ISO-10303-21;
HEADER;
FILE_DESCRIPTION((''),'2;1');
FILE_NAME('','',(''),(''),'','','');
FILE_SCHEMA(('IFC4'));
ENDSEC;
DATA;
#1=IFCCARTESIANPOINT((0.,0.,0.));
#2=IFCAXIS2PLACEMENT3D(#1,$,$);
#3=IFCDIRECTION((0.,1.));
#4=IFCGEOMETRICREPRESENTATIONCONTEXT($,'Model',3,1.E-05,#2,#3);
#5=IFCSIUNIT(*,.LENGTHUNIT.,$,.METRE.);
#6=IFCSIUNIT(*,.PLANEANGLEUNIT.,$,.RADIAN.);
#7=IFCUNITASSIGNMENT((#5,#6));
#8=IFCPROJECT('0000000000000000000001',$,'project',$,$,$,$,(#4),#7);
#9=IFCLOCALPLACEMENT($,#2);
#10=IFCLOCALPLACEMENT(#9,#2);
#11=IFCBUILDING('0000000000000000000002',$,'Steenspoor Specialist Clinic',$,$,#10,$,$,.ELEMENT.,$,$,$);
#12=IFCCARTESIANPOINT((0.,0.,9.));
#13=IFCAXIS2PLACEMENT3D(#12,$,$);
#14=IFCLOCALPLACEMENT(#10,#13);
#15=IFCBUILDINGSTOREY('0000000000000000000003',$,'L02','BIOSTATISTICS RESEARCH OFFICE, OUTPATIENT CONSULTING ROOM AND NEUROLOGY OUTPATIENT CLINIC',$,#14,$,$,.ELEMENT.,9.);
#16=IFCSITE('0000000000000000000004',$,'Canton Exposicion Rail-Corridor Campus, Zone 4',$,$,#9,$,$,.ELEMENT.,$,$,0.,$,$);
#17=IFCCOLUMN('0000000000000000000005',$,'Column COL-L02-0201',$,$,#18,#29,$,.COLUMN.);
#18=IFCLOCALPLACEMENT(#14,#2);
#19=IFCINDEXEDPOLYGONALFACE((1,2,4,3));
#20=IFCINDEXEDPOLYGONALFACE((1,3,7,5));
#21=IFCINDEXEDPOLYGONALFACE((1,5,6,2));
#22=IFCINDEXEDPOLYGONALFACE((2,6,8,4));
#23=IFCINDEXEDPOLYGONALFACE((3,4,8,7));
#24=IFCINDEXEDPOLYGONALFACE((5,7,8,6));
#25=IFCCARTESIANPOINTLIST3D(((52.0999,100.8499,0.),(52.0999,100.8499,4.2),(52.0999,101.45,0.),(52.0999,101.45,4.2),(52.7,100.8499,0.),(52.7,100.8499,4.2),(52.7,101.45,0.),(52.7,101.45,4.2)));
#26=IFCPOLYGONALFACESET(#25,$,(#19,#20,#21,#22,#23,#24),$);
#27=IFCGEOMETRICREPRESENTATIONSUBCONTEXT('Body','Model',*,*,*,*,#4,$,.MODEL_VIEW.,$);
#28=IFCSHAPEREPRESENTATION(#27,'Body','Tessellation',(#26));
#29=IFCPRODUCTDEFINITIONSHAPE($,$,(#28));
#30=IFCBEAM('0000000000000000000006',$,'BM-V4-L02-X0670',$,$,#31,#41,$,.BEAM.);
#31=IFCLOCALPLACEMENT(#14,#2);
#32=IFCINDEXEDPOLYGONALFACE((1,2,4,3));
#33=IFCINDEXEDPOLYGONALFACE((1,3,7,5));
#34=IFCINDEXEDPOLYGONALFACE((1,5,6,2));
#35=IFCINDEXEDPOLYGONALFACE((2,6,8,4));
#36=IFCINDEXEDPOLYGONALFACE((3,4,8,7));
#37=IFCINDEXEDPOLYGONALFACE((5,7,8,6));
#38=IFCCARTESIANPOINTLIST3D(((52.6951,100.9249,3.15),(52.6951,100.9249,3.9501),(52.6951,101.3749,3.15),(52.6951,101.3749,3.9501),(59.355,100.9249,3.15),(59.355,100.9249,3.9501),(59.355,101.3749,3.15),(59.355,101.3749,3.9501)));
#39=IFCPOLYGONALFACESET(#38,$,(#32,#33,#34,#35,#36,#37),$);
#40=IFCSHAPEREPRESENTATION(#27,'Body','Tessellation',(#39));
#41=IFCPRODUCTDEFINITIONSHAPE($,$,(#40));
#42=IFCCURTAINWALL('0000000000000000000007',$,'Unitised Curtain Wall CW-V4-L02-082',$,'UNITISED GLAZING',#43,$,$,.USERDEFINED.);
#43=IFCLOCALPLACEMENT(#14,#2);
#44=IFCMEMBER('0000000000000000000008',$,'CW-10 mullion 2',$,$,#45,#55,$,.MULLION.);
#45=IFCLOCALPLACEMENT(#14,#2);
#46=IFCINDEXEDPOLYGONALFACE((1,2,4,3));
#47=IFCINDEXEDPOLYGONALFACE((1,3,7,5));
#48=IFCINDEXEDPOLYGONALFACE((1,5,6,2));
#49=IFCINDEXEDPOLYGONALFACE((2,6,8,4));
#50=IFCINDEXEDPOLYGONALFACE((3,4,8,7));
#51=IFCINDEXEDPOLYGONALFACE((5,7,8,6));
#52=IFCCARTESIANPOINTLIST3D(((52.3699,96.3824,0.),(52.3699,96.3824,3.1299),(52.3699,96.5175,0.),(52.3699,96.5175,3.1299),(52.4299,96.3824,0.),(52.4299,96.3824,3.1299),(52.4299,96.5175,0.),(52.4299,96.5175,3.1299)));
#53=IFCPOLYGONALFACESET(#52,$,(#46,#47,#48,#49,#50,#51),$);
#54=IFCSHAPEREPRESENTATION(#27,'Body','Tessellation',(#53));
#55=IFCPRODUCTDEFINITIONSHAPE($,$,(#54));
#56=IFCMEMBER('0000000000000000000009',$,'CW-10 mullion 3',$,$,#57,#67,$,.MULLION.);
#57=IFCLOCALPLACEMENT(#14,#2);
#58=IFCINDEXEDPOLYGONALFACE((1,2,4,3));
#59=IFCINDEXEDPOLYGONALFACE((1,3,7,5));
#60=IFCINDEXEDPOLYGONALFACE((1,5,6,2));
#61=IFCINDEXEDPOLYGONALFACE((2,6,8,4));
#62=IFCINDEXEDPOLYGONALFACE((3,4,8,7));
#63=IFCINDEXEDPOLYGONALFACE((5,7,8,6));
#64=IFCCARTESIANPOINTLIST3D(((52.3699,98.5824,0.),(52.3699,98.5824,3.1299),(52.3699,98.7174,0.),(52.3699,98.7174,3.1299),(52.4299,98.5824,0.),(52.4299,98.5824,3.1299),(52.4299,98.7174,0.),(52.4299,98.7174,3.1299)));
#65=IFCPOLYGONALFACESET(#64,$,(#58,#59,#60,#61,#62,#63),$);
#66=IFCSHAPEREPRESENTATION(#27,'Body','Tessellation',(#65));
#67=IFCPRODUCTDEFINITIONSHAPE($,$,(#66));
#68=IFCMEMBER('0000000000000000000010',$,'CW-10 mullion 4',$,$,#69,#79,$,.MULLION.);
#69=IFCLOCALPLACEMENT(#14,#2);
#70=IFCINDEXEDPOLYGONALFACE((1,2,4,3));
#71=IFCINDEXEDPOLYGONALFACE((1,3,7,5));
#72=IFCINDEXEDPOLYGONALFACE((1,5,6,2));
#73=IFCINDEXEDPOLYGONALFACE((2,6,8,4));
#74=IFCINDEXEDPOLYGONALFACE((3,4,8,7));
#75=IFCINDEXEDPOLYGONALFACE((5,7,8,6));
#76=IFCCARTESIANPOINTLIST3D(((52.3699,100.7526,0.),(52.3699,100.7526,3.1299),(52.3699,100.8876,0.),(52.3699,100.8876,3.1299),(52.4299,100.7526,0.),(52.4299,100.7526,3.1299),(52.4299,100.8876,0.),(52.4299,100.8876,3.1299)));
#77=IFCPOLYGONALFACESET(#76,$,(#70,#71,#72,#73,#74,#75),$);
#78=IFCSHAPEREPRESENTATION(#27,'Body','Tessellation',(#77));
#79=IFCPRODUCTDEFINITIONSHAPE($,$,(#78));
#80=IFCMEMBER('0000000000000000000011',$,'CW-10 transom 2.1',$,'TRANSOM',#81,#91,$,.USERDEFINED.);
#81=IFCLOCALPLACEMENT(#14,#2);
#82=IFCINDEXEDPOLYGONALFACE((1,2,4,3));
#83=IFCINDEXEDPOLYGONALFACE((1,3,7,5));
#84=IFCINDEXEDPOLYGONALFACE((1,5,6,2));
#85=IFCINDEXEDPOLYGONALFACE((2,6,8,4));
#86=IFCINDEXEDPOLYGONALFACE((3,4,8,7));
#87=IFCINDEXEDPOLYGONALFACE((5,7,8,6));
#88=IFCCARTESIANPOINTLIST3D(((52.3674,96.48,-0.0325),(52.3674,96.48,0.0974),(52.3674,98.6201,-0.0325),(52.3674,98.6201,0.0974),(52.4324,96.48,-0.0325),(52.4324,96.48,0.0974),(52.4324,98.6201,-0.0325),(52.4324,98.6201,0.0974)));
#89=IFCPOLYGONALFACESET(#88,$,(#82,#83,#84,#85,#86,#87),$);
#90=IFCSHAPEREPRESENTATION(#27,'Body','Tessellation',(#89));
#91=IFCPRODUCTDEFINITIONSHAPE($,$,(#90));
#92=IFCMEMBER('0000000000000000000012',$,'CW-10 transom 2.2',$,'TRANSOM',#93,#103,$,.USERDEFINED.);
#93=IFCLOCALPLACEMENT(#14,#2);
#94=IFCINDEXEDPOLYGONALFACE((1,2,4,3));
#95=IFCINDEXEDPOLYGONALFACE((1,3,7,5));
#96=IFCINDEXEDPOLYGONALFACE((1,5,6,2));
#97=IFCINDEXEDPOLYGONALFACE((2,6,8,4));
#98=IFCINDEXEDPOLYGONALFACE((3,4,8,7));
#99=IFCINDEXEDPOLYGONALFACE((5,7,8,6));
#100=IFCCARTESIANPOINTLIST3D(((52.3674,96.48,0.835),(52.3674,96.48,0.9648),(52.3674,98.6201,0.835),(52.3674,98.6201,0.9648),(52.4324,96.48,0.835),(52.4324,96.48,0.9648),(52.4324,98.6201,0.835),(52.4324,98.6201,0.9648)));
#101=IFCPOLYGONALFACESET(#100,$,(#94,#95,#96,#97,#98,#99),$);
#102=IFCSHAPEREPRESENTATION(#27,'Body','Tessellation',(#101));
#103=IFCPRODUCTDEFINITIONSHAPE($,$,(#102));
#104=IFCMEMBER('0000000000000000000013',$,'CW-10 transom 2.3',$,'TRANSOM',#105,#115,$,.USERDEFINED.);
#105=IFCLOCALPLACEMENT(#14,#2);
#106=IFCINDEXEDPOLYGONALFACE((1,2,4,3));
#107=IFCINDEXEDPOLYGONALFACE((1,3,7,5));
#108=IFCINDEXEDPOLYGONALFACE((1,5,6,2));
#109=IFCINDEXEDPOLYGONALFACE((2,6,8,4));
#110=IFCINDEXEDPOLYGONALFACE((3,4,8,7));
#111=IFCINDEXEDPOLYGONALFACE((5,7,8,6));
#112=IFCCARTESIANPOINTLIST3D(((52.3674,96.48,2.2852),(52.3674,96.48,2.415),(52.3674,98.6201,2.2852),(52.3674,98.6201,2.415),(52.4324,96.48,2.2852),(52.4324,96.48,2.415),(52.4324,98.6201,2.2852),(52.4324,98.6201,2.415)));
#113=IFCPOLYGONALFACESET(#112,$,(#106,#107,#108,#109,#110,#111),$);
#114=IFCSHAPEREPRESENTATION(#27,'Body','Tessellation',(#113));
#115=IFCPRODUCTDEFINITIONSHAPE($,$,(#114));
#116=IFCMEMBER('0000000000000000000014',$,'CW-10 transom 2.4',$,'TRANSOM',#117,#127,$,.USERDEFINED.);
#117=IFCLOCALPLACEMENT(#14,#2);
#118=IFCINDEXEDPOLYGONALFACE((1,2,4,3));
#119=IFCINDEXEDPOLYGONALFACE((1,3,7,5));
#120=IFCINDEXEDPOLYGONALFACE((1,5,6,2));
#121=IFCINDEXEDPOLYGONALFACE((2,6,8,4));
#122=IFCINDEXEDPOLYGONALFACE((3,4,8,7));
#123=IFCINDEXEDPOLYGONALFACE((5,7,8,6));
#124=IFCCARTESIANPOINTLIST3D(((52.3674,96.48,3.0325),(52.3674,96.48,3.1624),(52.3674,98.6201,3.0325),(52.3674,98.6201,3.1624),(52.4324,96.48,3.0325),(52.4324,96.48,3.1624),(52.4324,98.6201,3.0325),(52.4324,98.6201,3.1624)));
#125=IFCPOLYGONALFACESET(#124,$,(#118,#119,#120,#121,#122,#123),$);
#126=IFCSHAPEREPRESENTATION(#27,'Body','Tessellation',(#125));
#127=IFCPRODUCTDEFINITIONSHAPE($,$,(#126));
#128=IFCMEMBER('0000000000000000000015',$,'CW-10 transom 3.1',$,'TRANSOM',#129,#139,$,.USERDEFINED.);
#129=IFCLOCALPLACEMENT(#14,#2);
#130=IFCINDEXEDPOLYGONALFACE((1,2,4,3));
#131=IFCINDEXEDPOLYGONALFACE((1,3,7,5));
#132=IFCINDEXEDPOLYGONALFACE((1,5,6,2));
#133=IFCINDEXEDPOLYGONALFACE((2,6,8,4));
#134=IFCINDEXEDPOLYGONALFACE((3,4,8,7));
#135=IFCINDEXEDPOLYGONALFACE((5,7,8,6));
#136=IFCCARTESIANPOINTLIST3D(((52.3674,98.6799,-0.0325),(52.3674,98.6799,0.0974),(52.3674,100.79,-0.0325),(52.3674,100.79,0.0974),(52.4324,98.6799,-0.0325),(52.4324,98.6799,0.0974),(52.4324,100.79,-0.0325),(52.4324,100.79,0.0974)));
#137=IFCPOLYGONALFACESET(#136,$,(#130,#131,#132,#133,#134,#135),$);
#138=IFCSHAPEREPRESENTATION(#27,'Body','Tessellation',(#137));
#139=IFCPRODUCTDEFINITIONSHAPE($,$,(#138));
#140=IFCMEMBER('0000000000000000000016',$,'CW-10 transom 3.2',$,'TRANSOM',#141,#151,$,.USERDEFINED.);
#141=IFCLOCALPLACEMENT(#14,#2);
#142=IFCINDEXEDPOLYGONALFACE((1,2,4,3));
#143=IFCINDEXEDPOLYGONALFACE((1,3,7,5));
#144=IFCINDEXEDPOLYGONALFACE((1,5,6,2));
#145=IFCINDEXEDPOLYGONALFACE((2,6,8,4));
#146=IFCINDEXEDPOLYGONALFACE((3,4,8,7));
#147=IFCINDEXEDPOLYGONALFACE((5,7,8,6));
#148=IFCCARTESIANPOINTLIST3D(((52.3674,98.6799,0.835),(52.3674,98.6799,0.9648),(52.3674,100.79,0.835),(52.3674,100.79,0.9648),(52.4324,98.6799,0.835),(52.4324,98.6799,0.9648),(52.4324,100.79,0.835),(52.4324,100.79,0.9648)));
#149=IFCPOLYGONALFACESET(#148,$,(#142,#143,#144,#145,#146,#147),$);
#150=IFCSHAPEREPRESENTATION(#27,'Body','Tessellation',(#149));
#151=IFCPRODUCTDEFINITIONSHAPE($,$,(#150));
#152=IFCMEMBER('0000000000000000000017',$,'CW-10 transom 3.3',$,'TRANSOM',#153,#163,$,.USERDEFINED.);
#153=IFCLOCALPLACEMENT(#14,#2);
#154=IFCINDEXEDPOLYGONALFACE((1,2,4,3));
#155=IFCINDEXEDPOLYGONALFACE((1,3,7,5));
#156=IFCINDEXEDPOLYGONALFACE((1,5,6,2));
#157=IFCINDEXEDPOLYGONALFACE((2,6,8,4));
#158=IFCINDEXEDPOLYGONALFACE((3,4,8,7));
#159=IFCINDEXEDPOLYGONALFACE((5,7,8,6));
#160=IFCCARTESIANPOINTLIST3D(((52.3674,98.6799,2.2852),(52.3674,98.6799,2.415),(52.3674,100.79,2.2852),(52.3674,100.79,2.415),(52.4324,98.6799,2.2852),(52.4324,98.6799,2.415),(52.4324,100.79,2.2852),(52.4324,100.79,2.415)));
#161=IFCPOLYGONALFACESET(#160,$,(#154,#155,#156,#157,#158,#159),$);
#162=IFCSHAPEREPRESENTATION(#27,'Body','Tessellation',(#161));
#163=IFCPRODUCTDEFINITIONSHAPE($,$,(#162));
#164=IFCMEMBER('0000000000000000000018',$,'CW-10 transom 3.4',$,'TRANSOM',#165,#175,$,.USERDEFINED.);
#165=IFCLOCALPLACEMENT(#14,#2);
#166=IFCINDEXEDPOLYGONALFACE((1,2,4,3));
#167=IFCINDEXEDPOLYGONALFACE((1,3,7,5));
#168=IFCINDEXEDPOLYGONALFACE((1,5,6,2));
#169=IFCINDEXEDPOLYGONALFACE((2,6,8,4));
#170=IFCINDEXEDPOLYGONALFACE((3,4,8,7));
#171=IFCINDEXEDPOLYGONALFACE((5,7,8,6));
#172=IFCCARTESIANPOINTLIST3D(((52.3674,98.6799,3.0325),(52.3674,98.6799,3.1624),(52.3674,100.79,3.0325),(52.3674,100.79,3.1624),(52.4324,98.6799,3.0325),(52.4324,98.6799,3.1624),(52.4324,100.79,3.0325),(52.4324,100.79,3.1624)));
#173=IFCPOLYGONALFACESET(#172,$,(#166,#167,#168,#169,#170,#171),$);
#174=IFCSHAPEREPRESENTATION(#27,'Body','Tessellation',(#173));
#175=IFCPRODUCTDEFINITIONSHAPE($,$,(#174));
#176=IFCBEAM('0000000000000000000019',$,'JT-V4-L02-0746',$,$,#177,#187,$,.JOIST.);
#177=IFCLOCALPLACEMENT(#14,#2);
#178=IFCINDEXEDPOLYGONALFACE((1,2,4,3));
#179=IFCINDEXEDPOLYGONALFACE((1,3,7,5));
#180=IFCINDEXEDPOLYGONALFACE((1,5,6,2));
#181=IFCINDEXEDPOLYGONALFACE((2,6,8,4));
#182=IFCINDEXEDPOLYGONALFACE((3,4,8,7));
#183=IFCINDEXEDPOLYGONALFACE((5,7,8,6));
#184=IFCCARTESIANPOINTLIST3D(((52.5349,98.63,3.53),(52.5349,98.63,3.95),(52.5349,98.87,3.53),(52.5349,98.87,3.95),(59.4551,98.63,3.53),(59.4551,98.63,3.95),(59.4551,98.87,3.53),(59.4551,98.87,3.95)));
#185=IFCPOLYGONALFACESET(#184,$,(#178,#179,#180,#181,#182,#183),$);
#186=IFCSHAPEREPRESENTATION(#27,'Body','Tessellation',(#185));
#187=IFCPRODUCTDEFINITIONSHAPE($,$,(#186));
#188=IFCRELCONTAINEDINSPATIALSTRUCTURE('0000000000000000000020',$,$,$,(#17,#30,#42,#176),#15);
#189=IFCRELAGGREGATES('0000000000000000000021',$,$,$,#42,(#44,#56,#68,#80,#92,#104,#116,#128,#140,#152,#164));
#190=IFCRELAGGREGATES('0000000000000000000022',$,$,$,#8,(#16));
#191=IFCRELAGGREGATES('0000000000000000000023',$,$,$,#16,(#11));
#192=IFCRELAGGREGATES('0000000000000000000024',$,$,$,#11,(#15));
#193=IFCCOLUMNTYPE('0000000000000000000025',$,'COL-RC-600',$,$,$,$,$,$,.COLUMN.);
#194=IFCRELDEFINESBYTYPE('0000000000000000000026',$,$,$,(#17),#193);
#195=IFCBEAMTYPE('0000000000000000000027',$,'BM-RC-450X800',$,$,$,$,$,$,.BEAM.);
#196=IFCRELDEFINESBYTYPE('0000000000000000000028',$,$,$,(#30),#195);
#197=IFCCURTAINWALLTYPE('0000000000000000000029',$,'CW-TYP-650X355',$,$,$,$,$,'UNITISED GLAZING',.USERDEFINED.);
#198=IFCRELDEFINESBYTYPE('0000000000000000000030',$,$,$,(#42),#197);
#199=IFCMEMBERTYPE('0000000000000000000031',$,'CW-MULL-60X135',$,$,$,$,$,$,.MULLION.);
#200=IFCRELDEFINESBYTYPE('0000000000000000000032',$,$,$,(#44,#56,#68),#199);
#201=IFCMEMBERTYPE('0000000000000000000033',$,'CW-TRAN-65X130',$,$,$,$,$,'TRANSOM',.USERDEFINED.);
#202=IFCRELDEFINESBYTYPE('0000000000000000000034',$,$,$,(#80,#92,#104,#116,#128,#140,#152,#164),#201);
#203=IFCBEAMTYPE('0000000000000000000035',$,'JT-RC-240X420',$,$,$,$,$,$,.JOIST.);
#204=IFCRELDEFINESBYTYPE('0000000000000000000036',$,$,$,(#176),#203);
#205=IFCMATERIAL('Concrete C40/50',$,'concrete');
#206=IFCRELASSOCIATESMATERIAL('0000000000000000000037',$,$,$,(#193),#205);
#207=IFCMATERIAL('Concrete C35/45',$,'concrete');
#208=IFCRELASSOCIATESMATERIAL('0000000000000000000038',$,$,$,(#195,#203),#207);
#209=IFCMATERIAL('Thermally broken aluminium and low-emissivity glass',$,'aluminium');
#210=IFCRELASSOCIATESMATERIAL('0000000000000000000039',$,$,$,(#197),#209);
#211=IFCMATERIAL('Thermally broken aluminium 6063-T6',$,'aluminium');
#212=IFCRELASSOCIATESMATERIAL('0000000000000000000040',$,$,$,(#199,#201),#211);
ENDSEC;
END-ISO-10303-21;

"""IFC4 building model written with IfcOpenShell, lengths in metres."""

from ifc_helpers import new_model, si_unit, direction, frame, origin, origin_2d, place, context, subcontext, project, spatial, rectangle, extrude, material, material_profile, profile_set, type_object, element, aggregate, save


model = new_model("IFC4")

# Units and contexts
model_context = context("Model", 3, precision=1e-05, world=origin(), true_north=direction((0.0, 1.0)))
body_context = subcontext(model_context, "Body", "Model", "MODEL_VIEW")
ifc_project = project(units=[si_unit("LENGTHUNIT", "METRE"), si_unit("PLANEANGLEUNIT", "RADIAN")], contexts=[model_context])

# Site, building, storey
site_placement = place(None, origin())
site = spatial("IfcSite", under=ifc_project, at=site_placement, Name="Canton Exposicion Rail-Corridor Campus, Zone 4", CompositionType="ELEMENT", RefElevation=0.0)
building_placement = place(site_placement, origin())
building = spatial("IfcBuilding", under=site, at=building_placement, Name="Steenspoor Specialist Clinic", CompositionType="ELEMENT")
storey_placement = place(building_placement, frame((0.0, 0.0, 9.0)))
storey = spatial("IfcBuildingStorey", under=building, at=storey_placement, Name="L02", Description="BIOSTATISTICS RESEARCH OFFICE, OUTPATIENT CONSULTING ROOM AND NEUROLOGY OUTPATIENT CLINIC", CompositionType="ELEMENT", Elevation=9.0)

# Column
ifc_material_1 = material(Name="Concrete C40/50", Category="concrete")
ifc_material_profile_1 = material_profile(ifc_material_1, rectangle(XDim=0.6001, YDim=0.6001, at=origin_2d()), Name="RC-COL-600X600")
ifc_profile_set_1 = profile_set([ifc_material_profile_1], Name="Concrete C40/50")
column_type = type_object("IfcColumnType", Name="COL-RC-600", PredefinedType="COLUMN", material=ifc_profile_set_1)
column_placement = place(storey_placement, frame((52.3999, 101.1499, 0.0), z_axis=(0.0, 0.0, 1.0), x_axis=(1.0, 0.0, 0.0)))
element("IfcColumn", 1, at=column_placement, inside=storey, type_object=column_type, Name="Column COL-L02-0201", PredefinedType="COLUMN", context=body_context, shape_type="SweptSolid", body=[
    extrude(rectangle(XDim=0.6001, YDim=0.6001, at=origin_2d()), origin(), (0.0, 0.0, 1.0), 4.2),
])

# Beam
ifc_material_2 = material(Name="Concrete C35/45", Category="concrete")
ifc_material_profile_2 = material_profile(ifc_material_2, rectangle(XDim=0.45, YDim=0.8, at=origin_2d()), Name="RC-BM-450X800")
ifc_profile_set_2 = profile_set([ifc_material_profile_2], Name="Concrete C35/45")
beam_type_1 = type_object("IfcBeamType", Name="BM-RC-450X800", PredefinedType="BEAM", material=ifc_profile_set_2)
beam_1_placement = place(storey_placement, frame((52.6951, 101.1499, 3.55), z_axis=(1.0, 0.0, 0.0), x_axis=(0.0, 1.0, 0.0)))
element("IfcBeam", 2, at=beam_1_placement, inside=storey, type_object=beam_type_1, Name="BM-V4-L02-X0670", PredefinedType="BEAM", context=body_context, shape_type="SweptSolid", body=[
    extrude(rectangle(XDim=0.45, YDim=0.8, at=origin_2d()), origin(), (0.0, 0.0, 1.0), 6.6599),
])

# Curtain wall, members
ifc_material_3 = material(Name="Thermally broken aluminium and low-emissivity glass", Category="aluminium")
curtain_wall_type = type_object("IfcCurtainWallType", Name="CW-TYP-650X355", ElementType="UNITISED GLAZING", PredefinedType="USERDEFINED", material=ifc_material_3)
curtain_wall_placement = place(storey_placement, origin())
curtain_wall = element("IfcCurtainWall", 3, at=curtain_wall_placement, inside=storey, type_object=curtain_wall_type, Name="Unitised Curtain Wall CW-V4-L02-082", ObjectType="UNITISED GLAZING", PredefinedType="USERDEFINED")
ifc_material_4 = material(Name="Thermally broken aluminium 6063-T6", Category="aluminium")
ifc_material_profile_3 = material_profile(ifc_material_4, rectangle(XDim=0.0601, YDim=0.135, at=origin_2d()), Name="CWM-60X135")
ifc_profile_set_3 = profile_set([ifc_material_profile_3], Name="Thermally broken aluminium 6063-T6")
member_type_1 = type_object("IfcMemberType", Name="CW-MULL-60X135", PredefinedType="MULLION", material=ifc_profile_set_3)
member_1_placement = place(storey_placement, frame((52.3999, 96.45, 0.0), z_axis=(0.0, 0.0, 1.0), x_axis=(-1.0, 0.0, 0.0)))
member_1 = element("IfcMember", 4, at=member_1_placement, type_object=member_type_1, Name="CW-10 mullion 2", PredefinedType="MULLION", context=body_context, shape_type="SweptSolid", body=[
    extrude(rectangle(XDim=0.0601, YDim=0.135, at=origin_2d()), origin(), (0.0, 0.0, 1.0), 3.1299),
])
member_2_placement = place(storey_placement, frame((52.3999, 98.6499, 0.0), z_axis=(0.0, 0.0, 1.0), x_axis=(-1.0, 0.0, 0.0)))
member_2 = element("IfcMember", 5, at=member_2_placement, type_object=member_type_1, Name="CW-10 mullion 3", PredefinedType="MULLION", context=body_context, shape_type="SweptSolid", body=[
    extrude(rectangle(XDim=0.0601, YDim=0.135, at=origin_2d()), origin(), (0.0, 0.0, 1.0), 3.1299),
])
member_3_placement = place(storey_placement, frame((52.3999, 100.8201, 0.0), z_axis=(0.0, 0.0, 1.0), x_axis=(-1.0, 0.0, 0.0)))
member_3 = element("IfcMember", 6, at=member_3_placement, type_object=member_type_1, Name="CW-10 mullion 4", PredefinedType="MULLION", context=body_context, shape_type="SweptSolid", body=[
    extrude(rectangle(XDim=0.0601, YDim=0.135, at=origin_2d()), origin(), (0.0, 0.0, 1.0), 3.1299),
])
ifc_material_profile_4 = material_profile(ifc_material_4, rectangle(XDim=0.0649, YDim=0.1299, at=origin_2d()), Name="CWT-65X130")
ifc_profile_set_4 = profile_set([ifc_material_profile_4], Name="Thermally broken aluminium 6063-T6")
member_type_2 = type_object("IfcMemberType", Name="CW-TRAN-65X130", ElementType="TRANSOM", PredefinedType="USERDEFINED", material=ifc_profile_set_4)
member_4_placement = place(storey_placement, frame((52.3999, 96.48, 0.0325), z_axis=(0.0, 1.0, 0.0), x_axis=(-1.0, 0.0, 0.0)))
member_4 = element("IfcMember", 7, at=member_4_placement, type_object=member_type_2, Name="CW-10 transom 2.1", ObjectType="TRANSOM", PredefinedType="USERDEFINED", context=body_context, shape_type="SweptSolid", body=[
    extrude(rectangle(XDim=0.0649, YDim=0.1299, at=origin_2d()), origin(), (0.0, 0.0, 1.0), 2.1401),
])
member_5_placement = place(storey_placement, frame((52.3999, 96.48, 0.8999), z_axis=(0.0, 1.0, 0.0), x_axis=(-1.0, 0.0, 0.0)))
member_5 = element("IfcMember", 8, at=member_5_placement, type_object=member_type_2, Name="CW-10 transom 2.2", ObjectType="TRANSOM", PredefinedType="USERDEFINED", context=body_context, shape_type="SweptSolid", body=[
    extrude(rectangle(XDim=0.0649, YDim=0.1299, at=origin_2d()), origin(), (0.0, 0.0, 1.0), 2.1401),
])
member_6_placement = place(storey_placement, frame((52.3999, 96.48, 2.3501), z_axis=(0.0, 1.0, 0.0), x_axis=(-1.0, 0.0, 0.0)))
member_6 = element("IfcMember", 9, at=member_6_placement, type_object=member_type_2, Name="CW-10 transom 2.3", ObjectType="TRANSOM", PredefinedType="USERDEFINED", context=body_context, shape_type="SweptSolid", body=[
    extrude(rectangle(XDim=0.0649, YDim=0.1299, at=origin_2d()), origin(), (0.0, 0.0, 1.0), 2.1401),
])
member_7_placement = place(storey_placement, frame((52.3999, 96.48, 3.0974), z_axis=(0.0, 1.0, 0.0), x_axis=(-1.0, 0.0, 0.0)))
member_7 = element("IfcMember", 10, at=member_7_placement, type_object=member_type_2, Name="CW-10 transom 2.4", ObjectType="TRANSOM", PredefinedType="USERDEFINED", context=body_context, shape_type="SweptSolid", body=[
    extrude(rectangle(XDim=0.0649, YDim=0.1299, at=origin_2d()), origin(), (0.0, 0.0, 1.0), 2.1401),
])
member_8_placement = place(storey_placement, frame((52.3999, 98.6799, 0.0325), z_axis=(0.0, 1.0, 0.0), x_axis=(-1.0, 0.0, 0.0)))
member_8 = element("IfcMember", 11, at=member_8_placement, type_object=member_type_2, Name="CW-10 transom 3.1", ObjectType="TRANSOM", PredefinedType="USERDEFINED", context=body_context, shape_type="SweptSolid", body=[
    extrude(rectangle(XDim=0.0649, YDim=0.1299, at=origin_2d()), origin(), (0.0, 0.0, 1.0), 2.1101),
])
member_9_placement = place(storey_placement, frame((52.3999, 98.6799, 0.8999), z_axis=(0.0, 1.0, 0.0), x_axis=(-1.0, 0.0, 0.0)))
member_9 = element("IfcMember", 12, at=member_9_placement, type_object=member_type_2, Name="CW-10 transom 3.2", ObjectType="TRANSOM", PredefinedType="USERDEFINED", context=body_context, shape_type="SweptSolid", body=[
    extrude(rectangle(XDim=0.0649, YDim=0.1299, at=origin_2d()), origin(), (0.0, 0.0, 1.0), 2.1101),
])
member_10_placement = place(storey_placement, frame((52.3999, 98.6799, 2.3501), z_axis=(0.0, 1.0, 0.0), x_axis=(-1.0, 0.0, 0.0)))
member_10 = element("IfcMember", 13, at=member_10_placement, type_object=member_type_2, Name="CW-10 transom 3.3", ObjectType="TRANSOM", PredefinedType="USERDEFINED", context=body_context, shape_type="SweptSolid", body=[
    extrude(rectangle(XDim=0.0649, YDim=0.1299, at=origin_2d()), origin(), (0.0, 0.0, 1.0), 2.1101),
])
member_11_placement = place(storey_placement, frame((52.3999, 98.6799, 3.0974), z_axis=(0.0, 1.0, 0.0), x_axis=(-1.0, 0.0, 0.0)))
member_11 = element("IfcMember", 14, at=member_11_placement, type_object=member_type_2, Name="CW-10 transom 3.4", ObjectType="TRANSOM", PredefinedType="USERDEFINED", context=body_context, shape_type="SweptSolid", body=[
    extrude(rectangle(XDim=0.0649, YDim=0.1299, at=origin_2d()), origin(), (0.0, 0.0, 1.0), 2.1101),
])

# Beam
ifc_material_profile_5 = material_profile(ifc_material_2, rectangle(XDim=0.24, YDim=0.4199, at=origin_2d()), Name="RC-JT-240X420")
ifc_profile_set_5 = profile_set([ifc_material_profile_5], Name="Concrete C35/45")
beam_type_2 = type_object("IfcBeamType", Name="JT-RC-240X420", PredefinedType="JOIST", material=ifc_profile_set_5)
beam_2_placement = place(storey_placement, frame((52.5349, 98.75, 3.74), z_axis=(1.0, 0.0, 0.0), x_axis=(0.0, 1.0, 0.0)))
element("IfcBeam", 15, at=beam_2_placement, inside=storey, type_object=beam_type_2, Name="JT-V4-L02-0746", PredefinedType="JOIST", context=body_context, shape_type="SweptSolid", body=[
    extrude(rectangle(XDim=0.24, YDim=0.4199, at=origin_2d()), origin(), (0.0, 0.0, 1.0), 6.9202),
])

aggregate(curtain_wall, [member_1, member_2, member_3, member_4, member_5, member_6, member_7, member_8, member_9, member_10, member_11])

save(model, "model.ifc")
